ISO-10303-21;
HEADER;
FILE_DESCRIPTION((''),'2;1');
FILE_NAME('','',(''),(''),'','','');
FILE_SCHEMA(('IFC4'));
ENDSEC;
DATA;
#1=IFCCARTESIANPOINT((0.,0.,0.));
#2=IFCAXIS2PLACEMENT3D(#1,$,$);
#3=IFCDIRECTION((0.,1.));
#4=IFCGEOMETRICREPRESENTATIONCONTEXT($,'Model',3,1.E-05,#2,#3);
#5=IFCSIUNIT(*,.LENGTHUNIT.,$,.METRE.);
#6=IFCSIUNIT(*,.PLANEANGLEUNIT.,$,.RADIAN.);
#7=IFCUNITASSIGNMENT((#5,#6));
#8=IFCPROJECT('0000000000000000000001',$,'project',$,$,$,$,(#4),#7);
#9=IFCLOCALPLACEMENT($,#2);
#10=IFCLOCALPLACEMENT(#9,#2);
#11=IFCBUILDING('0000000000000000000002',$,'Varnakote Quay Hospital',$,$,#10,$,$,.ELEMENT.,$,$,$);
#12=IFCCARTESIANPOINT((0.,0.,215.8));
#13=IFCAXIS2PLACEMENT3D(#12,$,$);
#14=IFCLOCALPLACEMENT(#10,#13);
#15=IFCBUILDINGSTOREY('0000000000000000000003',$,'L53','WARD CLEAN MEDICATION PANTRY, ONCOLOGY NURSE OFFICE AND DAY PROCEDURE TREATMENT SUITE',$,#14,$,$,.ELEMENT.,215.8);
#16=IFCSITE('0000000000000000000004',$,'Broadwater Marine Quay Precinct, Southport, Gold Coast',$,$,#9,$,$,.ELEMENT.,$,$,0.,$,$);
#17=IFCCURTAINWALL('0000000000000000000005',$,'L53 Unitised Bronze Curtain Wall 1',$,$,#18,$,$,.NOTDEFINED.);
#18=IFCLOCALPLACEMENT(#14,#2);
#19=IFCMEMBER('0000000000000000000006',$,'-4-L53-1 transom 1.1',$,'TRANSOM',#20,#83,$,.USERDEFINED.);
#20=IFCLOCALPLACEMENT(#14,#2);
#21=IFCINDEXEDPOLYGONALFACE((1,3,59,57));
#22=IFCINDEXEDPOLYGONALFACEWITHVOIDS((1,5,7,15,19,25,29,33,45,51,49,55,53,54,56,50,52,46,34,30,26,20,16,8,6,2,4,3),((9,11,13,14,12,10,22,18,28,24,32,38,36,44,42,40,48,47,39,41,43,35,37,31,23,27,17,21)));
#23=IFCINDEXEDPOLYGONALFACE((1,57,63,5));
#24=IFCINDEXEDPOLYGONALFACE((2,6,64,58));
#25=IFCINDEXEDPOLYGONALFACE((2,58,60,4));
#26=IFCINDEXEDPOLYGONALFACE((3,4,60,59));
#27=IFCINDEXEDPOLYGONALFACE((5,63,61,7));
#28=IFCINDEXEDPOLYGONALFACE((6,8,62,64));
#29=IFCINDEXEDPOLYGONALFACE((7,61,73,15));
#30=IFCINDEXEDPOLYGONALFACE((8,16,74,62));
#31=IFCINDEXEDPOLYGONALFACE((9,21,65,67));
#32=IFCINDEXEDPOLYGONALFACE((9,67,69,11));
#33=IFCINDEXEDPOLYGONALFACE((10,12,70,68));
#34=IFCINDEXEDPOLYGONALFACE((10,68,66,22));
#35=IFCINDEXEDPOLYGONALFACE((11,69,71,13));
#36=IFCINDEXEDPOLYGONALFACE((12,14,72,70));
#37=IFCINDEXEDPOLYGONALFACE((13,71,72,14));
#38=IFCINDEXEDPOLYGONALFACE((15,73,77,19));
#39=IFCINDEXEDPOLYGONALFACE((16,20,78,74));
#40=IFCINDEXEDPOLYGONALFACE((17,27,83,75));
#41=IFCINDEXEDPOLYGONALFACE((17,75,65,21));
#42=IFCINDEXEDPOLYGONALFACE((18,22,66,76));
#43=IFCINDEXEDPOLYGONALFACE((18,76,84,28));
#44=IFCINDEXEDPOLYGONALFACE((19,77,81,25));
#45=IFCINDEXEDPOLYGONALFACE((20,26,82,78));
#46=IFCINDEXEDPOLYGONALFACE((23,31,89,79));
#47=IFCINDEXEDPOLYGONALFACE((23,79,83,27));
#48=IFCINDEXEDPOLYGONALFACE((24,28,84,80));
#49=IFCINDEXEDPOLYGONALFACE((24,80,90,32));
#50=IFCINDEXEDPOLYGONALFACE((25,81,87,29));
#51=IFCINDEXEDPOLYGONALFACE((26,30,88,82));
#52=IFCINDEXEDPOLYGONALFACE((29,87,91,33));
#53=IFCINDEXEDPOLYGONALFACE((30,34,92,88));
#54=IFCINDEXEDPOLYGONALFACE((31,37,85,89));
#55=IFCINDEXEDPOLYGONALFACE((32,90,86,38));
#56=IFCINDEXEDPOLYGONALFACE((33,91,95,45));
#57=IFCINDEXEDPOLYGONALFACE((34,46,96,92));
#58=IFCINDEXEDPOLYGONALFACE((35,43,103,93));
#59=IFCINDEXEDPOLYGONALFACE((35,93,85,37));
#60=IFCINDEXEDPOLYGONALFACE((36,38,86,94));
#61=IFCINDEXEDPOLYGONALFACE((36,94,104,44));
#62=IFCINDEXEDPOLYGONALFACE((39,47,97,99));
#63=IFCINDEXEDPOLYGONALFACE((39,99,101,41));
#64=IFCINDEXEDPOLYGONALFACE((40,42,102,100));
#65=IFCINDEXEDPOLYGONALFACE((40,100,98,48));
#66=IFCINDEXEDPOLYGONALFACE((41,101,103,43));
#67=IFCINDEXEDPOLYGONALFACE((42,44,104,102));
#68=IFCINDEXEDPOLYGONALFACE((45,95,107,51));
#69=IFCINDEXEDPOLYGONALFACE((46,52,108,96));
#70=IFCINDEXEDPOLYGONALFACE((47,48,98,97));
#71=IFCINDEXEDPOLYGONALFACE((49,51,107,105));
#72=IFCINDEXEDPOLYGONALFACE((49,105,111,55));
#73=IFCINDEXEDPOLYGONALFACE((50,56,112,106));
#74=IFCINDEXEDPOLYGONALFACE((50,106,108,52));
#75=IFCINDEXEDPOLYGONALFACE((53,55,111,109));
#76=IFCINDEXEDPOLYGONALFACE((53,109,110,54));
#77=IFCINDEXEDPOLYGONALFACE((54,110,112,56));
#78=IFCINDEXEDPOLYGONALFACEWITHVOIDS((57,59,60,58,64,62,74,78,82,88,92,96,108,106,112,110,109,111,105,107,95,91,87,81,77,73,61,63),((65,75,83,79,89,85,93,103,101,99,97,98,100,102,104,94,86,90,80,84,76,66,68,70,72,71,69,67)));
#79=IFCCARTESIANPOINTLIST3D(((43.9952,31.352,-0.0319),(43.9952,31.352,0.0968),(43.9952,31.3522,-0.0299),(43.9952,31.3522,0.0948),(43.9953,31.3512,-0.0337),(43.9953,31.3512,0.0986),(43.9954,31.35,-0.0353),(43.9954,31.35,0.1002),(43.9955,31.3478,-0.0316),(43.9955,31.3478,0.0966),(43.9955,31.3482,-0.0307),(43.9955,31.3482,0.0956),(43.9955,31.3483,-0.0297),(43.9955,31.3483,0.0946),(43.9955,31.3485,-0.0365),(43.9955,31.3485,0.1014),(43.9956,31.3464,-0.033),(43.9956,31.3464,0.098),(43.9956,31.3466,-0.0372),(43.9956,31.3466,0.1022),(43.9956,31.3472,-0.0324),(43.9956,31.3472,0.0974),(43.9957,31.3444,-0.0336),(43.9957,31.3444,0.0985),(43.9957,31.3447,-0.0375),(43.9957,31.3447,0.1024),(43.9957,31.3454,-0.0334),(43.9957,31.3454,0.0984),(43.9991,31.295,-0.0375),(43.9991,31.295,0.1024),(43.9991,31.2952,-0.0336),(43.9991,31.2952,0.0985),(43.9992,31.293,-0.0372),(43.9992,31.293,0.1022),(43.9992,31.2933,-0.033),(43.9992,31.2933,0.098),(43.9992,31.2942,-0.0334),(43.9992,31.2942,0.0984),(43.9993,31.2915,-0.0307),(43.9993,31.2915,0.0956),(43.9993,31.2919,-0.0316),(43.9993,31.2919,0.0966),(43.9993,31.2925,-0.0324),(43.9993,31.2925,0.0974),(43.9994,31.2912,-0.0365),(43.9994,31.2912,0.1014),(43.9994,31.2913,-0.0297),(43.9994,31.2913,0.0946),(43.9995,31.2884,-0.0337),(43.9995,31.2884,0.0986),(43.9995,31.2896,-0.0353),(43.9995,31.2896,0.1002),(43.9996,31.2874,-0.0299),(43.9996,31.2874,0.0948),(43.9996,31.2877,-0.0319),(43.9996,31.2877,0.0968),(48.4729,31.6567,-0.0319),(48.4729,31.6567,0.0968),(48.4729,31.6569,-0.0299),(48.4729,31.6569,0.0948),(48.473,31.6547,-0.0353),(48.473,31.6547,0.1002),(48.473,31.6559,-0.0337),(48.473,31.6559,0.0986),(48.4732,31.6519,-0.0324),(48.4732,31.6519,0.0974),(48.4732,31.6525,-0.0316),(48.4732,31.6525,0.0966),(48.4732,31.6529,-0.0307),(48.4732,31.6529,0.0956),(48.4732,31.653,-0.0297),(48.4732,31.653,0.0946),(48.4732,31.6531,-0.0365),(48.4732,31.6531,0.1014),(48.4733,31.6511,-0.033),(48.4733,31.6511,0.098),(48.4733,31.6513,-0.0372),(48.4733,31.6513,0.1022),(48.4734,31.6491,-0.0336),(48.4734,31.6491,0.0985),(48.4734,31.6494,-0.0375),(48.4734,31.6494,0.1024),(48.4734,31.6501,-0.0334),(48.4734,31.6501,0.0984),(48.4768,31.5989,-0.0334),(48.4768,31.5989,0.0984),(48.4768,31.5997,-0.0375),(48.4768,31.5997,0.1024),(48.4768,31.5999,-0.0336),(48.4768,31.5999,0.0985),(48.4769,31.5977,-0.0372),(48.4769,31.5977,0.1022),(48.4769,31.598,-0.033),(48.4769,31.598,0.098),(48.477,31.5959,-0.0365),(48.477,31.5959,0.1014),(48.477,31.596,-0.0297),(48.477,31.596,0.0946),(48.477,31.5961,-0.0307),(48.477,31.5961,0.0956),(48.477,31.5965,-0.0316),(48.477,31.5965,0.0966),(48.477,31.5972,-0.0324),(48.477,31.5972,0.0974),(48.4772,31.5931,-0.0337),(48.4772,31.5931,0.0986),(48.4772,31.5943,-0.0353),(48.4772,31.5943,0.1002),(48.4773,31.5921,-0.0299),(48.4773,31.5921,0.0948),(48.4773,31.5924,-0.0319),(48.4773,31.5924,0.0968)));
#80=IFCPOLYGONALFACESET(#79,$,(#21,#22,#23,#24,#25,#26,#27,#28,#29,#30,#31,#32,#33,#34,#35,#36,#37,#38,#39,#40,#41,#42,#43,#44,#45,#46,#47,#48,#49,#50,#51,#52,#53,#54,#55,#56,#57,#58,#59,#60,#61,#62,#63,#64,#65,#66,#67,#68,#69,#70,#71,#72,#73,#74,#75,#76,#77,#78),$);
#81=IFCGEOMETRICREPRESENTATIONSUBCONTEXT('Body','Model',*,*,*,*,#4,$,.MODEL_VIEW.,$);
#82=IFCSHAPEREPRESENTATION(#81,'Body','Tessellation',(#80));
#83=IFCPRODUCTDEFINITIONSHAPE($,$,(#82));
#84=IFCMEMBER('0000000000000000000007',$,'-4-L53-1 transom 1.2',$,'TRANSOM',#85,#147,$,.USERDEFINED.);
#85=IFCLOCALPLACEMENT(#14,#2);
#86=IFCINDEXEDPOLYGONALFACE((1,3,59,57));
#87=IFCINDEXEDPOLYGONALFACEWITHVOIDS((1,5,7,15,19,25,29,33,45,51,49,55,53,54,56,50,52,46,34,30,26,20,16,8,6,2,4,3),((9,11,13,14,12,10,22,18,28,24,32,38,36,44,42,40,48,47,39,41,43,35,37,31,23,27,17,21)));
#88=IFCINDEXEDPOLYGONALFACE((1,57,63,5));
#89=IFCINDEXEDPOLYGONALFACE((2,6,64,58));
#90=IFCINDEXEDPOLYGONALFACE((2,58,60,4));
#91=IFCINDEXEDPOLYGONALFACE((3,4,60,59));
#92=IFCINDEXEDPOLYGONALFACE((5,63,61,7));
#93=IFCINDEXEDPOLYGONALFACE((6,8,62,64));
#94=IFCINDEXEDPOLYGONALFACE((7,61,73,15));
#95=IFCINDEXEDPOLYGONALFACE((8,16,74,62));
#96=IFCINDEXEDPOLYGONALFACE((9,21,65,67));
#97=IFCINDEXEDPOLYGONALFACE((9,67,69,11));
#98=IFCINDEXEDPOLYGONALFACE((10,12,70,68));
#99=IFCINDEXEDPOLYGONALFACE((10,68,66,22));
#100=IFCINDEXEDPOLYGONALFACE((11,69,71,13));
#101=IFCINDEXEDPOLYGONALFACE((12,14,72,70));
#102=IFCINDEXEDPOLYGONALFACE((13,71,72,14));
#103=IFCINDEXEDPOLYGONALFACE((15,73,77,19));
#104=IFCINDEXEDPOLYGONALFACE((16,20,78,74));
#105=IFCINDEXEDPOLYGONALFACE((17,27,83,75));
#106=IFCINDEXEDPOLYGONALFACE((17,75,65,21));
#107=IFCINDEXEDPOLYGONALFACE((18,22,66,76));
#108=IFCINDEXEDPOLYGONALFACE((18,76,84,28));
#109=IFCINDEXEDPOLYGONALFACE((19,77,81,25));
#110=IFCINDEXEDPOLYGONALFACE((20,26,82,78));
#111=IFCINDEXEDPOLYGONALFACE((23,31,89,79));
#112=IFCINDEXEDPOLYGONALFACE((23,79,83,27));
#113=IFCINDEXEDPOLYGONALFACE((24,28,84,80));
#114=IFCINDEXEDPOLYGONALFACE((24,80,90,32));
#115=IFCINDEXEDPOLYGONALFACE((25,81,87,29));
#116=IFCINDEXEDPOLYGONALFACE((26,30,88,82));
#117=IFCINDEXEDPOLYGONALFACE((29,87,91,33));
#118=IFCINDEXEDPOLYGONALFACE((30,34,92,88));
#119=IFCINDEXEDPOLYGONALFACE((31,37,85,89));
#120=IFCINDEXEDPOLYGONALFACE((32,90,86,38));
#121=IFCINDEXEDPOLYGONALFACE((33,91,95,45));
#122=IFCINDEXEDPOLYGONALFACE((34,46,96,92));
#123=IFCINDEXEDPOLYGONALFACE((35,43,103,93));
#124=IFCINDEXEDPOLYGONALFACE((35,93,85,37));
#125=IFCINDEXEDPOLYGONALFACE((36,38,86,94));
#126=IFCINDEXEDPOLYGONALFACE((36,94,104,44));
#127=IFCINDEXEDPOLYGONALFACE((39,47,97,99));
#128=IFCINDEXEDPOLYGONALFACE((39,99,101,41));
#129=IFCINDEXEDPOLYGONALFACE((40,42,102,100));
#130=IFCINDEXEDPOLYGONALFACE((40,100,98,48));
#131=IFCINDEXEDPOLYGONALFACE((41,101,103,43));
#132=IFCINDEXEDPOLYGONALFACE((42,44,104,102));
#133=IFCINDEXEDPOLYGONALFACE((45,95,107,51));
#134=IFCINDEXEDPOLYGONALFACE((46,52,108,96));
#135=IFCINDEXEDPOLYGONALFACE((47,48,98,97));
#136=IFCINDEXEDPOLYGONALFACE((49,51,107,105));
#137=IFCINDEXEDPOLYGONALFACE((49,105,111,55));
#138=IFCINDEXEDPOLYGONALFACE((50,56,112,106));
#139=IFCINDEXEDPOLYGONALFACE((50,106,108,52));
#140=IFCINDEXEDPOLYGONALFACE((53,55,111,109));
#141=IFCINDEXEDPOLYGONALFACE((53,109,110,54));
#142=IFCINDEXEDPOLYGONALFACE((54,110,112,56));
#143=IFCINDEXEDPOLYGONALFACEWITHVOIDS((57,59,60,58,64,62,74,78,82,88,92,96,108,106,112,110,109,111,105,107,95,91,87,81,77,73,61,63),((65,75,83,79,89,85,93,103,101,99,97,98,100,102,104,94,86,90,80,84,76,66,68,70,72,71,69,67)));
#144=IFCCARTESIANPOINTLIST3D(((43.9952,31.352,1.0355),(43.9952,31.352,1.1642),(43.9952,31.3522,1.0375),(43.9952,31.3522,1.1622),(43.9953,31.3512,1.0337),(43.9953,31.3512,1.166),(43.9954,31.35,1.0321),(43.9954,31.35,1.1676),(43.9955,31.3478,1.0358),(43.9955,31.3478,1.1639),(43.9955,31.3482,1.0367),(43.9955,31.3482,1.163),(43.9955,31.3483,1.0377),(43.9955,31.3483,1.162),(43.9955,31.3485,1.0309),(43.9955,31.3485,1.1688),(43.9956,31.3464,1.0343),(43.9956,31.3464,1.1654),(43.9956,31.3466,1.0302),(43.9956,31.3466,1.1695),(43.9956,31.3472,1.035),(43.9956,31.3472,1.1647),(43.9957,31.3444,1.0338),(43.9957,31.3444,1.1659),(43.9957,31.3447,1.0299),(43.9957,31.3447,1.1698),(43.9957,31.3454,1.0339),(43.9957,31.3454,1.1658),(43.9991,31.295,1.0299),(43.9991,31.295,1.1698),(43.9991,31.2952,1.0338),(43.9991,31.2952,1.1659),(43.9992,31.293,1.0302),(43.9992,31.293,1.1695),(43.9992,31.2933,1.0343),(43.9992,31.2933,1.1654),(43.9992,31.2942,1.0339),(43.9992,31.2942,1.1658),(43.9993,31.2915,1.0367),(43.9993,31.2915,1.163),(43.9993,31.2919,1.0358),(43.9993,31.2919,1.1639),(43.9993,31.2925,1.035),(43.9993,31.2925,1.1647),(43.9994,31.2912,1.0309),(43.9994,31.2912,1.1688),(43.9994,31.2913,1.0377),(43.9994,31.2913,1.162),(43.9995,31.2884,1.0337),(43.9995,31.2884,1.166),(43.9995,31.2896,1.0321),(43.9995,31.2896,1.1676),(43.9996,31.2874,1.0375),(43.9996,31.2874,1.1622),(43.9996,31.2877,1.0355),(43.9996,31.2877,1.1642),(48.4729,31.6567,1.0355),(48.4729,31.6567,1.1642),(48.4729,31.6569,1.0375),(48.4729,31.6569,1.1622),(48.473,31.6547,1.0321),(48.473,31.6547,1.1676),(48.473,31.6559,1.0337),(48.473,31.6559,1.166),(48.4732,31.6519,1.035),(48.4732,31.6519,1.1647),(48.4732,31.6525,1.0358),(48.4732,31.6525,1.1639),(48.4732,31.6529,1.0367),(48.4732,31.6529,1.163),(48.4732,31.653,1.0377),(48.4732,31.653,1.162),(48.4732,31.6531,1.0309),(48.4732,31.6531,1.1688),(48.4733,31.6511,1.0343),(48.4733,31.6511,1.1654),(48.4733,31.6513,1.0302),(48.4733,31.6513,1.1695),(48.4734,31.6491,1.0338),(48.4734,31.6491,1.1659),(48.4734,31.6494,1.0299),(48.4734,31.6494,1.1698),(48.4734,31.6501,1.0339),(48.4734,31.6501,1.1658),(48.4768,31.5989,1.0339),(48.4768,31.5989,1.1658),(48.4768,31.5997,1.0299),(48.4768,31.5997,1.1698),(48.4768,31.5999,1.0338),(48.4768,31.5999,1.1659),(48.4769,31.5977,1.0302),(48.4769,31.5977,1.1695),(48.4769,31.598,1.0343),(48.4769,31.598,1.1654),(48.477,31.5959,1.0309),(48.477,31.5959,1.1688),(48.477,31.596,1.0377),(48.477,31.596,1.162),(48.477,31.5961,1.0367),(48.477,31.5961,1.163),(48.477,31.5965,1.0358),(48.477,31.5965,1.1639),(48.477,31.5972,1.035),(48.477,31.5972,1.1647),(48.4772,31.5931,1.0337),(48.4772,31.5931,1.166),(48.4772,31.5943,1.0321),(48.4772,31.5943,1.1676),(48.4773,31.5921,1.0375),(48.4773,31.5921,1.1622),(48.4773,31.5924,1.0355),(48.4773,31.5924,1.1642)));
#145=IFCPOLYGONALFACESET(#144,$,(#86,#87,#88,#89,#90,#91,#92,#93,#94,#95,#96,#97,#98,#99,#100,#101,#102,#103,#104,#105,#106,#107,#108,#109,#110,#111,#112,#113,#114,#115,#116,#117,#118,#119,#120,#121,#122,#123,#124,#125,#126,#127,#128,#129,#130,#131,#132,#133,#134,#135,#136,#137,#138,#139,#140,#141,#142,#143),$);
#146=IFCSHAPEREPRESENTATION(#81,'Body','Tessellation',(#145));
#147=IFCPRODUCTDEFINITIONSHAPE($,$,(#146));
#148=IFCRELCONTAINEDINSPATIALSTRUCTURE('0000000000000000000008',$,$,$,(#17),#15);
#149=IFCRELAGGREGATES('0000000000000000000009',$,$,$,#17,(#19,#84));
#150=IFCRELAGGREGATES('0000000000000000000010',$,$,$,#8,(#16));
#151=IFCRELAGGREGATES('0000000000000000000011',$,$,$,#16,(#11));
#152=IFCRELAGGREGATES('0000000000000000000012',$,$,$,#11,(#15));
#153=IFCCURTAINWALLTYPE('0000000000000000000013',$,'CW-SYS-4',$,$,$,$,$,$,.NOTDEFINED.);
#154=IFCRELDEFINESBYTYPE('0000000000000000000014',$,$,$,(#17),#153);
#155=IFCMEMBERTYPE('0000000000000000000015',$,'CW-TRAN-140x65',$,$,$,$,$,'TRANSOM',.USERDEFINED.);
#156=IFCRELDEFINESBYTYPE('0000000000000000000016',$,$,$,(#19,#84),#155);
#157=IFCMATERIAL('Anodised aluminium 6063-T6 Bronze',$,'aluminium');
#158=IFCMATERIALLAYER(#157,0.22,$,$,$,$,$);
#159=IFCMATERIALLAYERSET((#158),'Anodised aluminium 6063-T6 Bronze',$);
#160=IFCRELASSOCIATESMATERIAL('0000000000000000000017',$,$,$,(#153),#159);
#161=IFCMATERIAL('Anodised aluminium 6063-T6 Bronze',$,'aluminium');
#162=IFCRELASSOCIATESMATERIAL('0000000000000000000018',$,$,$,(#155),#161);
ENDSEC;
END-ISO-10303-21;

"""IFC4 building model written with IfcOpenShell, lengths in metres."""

from ifc_helpers import new_model, si_unit, direction, frame, origin, origin_2d, place, context, subcontext, project, spatial, hollow_rectangle, extrude, material, layer, layer_set, material_profile, profile_set, type_object, element, aggregate, save


model = new_model("IFC4")

# Units and contexts
model_context = context("Model", 3, precision=1e-05, world=origin(), true_north=direction((0.0, 1.0)))
body_context = subcontext(model_context, "Body", "Model", "MODEL_VIEW")
ifc_project = project(units=[si_unit("LENGTHUNIT", "METRE"), si_unit("PLANEANGLEUNIT", "RADIAN")], contexts=[model_context])

# Site, building, storey
site_placement = place(None, origin())
site = spatial("IfcSite", under=ifc_project, at=site_placement, Name="Broadwater Marine Quay Precinct, Southport, Gold Coast", CompositionType="ELEMENT", RefElevation=0.0)
building_placement = place(site_placement, origin())
building = spatial("IfcBuilding", under=site, at=building_placement, Name="Varnakote Quay Hospital", CompositionType="ELEMENT")
storey_placement = place(building_placement, frame((0.0, 0.0, 215.8)))
storey = spatial("IfcBuildingStorey", under=building, at=storey_placement, Name="L53", Description="WARD CLEAN MEDICATION PANTRY, ONCOLOGY NURSE OFFICE AND DAY PROCEDURE TREATMENT SUITE", CompositionType="ELEMENT", Elevation=215.8)

# Curtain wall, members
ifc_material_1 = material(Name="Anodised aluminium 6063-T6 Bronze", Category="aluminium")
ifc_layer_1 = layer(ifc_material_1, 0.22)
ifc_layer_set_1 = layer_set([ifc_layer_1], Name="Anodised aluminium 6063-T6 Bronze")
curtain_wall_type = type_object("IfcCurtainWallType", Name="CW-SYS-4", PredefinedType="NOTDEFINED", material=ifc_layer_set_1)
curtain_wall_placement = place(storey_placement, origin())
curtain_wall = element("IfcCurtainWall", 1, at=curtain_wall_placement, inside=storey, type_object=curtain_wall_type, Name="L53 Unitised Bronze Curtain Wall 1", PredefinedType="NOTDEFINED")
ifc_material_2 = material(Name="Anodised aluminium 6063-T6 Bronze", Category="aluminium")
ifc_material_profile_1 = material_profile(ifc_material_2, hollow_rectangle(XDim=0.0649, YDim=0.1399, WallThickness=0.0039, InnerFilletRadius=0.0039, OuterFilletRadius=0.0076, at=origin_2d()), Name="CW-TRAN-140x65")
ifc_profile_set_1 = profile_set([ifc_material_profile_1], Name="Anodised aluminium 6063-T6 Bronze")
member_type_1 = type_object("IfcMemberType", Name="CW-TRAN-140x65", ElementType="TRANSOM", PredefinedType="USERDEFINED", material=ifc_profile_set_1)
member_1_placement = place(storey_placement, frame((48.4751, 31.6245, 0.0325), z_axis=(-0.997693, -0.067887, 0.0), x_axis=(0.067887, -0.997693, 0.0)))
member_1 = element("IfcMember", 2, at=member_1_placement, type_object=member_type_1, Name="-4-L53-1 transom 1.1", ObjectType="TRANSOM", PredefinedType="USERDEFINED", context=body_context, shape_type="SweptSolid", body=[
    extrude(hollow_rectangle(XDim=0.0649, YDim=0.1399, WallThickness=0.0039, InnerFilletRadius=0.0039, OuterFilletRadius=0.0076, at=origin_2d()), origin(), (0.0, 0.0, 1.0), 4.488),
])
member_2_placement = place(storey_placement, frame((48.4751, 31.6245, 1.0999), z_axis=(-0.997693, -0.067887, 0.0), x_axis=(0.067887, -0.997693, 0.0)))
member_2 = element("IfcMember", 3, at=member_2_placement, type_object=member_type_1, Name="-4-L53-1 transom 1.2", ObjectType="TRANSOM", PredefinedType="USERDEFINED", context=body_context, shape_type="SweptSolid", body=[
    extrude(hollow_rectangle(XDim=0.0649, YDim=0.1399, WallThickness=0.0039, InnerFilletRadius=0.0039, OuterFilletRadius=0.0076, at=origin_2d()), origin(), (0.0, 0.0, 1.0), 4.488),
])
aggregate(curtain_wall, [member_1, member_2])

save(model, "model.ifc")
